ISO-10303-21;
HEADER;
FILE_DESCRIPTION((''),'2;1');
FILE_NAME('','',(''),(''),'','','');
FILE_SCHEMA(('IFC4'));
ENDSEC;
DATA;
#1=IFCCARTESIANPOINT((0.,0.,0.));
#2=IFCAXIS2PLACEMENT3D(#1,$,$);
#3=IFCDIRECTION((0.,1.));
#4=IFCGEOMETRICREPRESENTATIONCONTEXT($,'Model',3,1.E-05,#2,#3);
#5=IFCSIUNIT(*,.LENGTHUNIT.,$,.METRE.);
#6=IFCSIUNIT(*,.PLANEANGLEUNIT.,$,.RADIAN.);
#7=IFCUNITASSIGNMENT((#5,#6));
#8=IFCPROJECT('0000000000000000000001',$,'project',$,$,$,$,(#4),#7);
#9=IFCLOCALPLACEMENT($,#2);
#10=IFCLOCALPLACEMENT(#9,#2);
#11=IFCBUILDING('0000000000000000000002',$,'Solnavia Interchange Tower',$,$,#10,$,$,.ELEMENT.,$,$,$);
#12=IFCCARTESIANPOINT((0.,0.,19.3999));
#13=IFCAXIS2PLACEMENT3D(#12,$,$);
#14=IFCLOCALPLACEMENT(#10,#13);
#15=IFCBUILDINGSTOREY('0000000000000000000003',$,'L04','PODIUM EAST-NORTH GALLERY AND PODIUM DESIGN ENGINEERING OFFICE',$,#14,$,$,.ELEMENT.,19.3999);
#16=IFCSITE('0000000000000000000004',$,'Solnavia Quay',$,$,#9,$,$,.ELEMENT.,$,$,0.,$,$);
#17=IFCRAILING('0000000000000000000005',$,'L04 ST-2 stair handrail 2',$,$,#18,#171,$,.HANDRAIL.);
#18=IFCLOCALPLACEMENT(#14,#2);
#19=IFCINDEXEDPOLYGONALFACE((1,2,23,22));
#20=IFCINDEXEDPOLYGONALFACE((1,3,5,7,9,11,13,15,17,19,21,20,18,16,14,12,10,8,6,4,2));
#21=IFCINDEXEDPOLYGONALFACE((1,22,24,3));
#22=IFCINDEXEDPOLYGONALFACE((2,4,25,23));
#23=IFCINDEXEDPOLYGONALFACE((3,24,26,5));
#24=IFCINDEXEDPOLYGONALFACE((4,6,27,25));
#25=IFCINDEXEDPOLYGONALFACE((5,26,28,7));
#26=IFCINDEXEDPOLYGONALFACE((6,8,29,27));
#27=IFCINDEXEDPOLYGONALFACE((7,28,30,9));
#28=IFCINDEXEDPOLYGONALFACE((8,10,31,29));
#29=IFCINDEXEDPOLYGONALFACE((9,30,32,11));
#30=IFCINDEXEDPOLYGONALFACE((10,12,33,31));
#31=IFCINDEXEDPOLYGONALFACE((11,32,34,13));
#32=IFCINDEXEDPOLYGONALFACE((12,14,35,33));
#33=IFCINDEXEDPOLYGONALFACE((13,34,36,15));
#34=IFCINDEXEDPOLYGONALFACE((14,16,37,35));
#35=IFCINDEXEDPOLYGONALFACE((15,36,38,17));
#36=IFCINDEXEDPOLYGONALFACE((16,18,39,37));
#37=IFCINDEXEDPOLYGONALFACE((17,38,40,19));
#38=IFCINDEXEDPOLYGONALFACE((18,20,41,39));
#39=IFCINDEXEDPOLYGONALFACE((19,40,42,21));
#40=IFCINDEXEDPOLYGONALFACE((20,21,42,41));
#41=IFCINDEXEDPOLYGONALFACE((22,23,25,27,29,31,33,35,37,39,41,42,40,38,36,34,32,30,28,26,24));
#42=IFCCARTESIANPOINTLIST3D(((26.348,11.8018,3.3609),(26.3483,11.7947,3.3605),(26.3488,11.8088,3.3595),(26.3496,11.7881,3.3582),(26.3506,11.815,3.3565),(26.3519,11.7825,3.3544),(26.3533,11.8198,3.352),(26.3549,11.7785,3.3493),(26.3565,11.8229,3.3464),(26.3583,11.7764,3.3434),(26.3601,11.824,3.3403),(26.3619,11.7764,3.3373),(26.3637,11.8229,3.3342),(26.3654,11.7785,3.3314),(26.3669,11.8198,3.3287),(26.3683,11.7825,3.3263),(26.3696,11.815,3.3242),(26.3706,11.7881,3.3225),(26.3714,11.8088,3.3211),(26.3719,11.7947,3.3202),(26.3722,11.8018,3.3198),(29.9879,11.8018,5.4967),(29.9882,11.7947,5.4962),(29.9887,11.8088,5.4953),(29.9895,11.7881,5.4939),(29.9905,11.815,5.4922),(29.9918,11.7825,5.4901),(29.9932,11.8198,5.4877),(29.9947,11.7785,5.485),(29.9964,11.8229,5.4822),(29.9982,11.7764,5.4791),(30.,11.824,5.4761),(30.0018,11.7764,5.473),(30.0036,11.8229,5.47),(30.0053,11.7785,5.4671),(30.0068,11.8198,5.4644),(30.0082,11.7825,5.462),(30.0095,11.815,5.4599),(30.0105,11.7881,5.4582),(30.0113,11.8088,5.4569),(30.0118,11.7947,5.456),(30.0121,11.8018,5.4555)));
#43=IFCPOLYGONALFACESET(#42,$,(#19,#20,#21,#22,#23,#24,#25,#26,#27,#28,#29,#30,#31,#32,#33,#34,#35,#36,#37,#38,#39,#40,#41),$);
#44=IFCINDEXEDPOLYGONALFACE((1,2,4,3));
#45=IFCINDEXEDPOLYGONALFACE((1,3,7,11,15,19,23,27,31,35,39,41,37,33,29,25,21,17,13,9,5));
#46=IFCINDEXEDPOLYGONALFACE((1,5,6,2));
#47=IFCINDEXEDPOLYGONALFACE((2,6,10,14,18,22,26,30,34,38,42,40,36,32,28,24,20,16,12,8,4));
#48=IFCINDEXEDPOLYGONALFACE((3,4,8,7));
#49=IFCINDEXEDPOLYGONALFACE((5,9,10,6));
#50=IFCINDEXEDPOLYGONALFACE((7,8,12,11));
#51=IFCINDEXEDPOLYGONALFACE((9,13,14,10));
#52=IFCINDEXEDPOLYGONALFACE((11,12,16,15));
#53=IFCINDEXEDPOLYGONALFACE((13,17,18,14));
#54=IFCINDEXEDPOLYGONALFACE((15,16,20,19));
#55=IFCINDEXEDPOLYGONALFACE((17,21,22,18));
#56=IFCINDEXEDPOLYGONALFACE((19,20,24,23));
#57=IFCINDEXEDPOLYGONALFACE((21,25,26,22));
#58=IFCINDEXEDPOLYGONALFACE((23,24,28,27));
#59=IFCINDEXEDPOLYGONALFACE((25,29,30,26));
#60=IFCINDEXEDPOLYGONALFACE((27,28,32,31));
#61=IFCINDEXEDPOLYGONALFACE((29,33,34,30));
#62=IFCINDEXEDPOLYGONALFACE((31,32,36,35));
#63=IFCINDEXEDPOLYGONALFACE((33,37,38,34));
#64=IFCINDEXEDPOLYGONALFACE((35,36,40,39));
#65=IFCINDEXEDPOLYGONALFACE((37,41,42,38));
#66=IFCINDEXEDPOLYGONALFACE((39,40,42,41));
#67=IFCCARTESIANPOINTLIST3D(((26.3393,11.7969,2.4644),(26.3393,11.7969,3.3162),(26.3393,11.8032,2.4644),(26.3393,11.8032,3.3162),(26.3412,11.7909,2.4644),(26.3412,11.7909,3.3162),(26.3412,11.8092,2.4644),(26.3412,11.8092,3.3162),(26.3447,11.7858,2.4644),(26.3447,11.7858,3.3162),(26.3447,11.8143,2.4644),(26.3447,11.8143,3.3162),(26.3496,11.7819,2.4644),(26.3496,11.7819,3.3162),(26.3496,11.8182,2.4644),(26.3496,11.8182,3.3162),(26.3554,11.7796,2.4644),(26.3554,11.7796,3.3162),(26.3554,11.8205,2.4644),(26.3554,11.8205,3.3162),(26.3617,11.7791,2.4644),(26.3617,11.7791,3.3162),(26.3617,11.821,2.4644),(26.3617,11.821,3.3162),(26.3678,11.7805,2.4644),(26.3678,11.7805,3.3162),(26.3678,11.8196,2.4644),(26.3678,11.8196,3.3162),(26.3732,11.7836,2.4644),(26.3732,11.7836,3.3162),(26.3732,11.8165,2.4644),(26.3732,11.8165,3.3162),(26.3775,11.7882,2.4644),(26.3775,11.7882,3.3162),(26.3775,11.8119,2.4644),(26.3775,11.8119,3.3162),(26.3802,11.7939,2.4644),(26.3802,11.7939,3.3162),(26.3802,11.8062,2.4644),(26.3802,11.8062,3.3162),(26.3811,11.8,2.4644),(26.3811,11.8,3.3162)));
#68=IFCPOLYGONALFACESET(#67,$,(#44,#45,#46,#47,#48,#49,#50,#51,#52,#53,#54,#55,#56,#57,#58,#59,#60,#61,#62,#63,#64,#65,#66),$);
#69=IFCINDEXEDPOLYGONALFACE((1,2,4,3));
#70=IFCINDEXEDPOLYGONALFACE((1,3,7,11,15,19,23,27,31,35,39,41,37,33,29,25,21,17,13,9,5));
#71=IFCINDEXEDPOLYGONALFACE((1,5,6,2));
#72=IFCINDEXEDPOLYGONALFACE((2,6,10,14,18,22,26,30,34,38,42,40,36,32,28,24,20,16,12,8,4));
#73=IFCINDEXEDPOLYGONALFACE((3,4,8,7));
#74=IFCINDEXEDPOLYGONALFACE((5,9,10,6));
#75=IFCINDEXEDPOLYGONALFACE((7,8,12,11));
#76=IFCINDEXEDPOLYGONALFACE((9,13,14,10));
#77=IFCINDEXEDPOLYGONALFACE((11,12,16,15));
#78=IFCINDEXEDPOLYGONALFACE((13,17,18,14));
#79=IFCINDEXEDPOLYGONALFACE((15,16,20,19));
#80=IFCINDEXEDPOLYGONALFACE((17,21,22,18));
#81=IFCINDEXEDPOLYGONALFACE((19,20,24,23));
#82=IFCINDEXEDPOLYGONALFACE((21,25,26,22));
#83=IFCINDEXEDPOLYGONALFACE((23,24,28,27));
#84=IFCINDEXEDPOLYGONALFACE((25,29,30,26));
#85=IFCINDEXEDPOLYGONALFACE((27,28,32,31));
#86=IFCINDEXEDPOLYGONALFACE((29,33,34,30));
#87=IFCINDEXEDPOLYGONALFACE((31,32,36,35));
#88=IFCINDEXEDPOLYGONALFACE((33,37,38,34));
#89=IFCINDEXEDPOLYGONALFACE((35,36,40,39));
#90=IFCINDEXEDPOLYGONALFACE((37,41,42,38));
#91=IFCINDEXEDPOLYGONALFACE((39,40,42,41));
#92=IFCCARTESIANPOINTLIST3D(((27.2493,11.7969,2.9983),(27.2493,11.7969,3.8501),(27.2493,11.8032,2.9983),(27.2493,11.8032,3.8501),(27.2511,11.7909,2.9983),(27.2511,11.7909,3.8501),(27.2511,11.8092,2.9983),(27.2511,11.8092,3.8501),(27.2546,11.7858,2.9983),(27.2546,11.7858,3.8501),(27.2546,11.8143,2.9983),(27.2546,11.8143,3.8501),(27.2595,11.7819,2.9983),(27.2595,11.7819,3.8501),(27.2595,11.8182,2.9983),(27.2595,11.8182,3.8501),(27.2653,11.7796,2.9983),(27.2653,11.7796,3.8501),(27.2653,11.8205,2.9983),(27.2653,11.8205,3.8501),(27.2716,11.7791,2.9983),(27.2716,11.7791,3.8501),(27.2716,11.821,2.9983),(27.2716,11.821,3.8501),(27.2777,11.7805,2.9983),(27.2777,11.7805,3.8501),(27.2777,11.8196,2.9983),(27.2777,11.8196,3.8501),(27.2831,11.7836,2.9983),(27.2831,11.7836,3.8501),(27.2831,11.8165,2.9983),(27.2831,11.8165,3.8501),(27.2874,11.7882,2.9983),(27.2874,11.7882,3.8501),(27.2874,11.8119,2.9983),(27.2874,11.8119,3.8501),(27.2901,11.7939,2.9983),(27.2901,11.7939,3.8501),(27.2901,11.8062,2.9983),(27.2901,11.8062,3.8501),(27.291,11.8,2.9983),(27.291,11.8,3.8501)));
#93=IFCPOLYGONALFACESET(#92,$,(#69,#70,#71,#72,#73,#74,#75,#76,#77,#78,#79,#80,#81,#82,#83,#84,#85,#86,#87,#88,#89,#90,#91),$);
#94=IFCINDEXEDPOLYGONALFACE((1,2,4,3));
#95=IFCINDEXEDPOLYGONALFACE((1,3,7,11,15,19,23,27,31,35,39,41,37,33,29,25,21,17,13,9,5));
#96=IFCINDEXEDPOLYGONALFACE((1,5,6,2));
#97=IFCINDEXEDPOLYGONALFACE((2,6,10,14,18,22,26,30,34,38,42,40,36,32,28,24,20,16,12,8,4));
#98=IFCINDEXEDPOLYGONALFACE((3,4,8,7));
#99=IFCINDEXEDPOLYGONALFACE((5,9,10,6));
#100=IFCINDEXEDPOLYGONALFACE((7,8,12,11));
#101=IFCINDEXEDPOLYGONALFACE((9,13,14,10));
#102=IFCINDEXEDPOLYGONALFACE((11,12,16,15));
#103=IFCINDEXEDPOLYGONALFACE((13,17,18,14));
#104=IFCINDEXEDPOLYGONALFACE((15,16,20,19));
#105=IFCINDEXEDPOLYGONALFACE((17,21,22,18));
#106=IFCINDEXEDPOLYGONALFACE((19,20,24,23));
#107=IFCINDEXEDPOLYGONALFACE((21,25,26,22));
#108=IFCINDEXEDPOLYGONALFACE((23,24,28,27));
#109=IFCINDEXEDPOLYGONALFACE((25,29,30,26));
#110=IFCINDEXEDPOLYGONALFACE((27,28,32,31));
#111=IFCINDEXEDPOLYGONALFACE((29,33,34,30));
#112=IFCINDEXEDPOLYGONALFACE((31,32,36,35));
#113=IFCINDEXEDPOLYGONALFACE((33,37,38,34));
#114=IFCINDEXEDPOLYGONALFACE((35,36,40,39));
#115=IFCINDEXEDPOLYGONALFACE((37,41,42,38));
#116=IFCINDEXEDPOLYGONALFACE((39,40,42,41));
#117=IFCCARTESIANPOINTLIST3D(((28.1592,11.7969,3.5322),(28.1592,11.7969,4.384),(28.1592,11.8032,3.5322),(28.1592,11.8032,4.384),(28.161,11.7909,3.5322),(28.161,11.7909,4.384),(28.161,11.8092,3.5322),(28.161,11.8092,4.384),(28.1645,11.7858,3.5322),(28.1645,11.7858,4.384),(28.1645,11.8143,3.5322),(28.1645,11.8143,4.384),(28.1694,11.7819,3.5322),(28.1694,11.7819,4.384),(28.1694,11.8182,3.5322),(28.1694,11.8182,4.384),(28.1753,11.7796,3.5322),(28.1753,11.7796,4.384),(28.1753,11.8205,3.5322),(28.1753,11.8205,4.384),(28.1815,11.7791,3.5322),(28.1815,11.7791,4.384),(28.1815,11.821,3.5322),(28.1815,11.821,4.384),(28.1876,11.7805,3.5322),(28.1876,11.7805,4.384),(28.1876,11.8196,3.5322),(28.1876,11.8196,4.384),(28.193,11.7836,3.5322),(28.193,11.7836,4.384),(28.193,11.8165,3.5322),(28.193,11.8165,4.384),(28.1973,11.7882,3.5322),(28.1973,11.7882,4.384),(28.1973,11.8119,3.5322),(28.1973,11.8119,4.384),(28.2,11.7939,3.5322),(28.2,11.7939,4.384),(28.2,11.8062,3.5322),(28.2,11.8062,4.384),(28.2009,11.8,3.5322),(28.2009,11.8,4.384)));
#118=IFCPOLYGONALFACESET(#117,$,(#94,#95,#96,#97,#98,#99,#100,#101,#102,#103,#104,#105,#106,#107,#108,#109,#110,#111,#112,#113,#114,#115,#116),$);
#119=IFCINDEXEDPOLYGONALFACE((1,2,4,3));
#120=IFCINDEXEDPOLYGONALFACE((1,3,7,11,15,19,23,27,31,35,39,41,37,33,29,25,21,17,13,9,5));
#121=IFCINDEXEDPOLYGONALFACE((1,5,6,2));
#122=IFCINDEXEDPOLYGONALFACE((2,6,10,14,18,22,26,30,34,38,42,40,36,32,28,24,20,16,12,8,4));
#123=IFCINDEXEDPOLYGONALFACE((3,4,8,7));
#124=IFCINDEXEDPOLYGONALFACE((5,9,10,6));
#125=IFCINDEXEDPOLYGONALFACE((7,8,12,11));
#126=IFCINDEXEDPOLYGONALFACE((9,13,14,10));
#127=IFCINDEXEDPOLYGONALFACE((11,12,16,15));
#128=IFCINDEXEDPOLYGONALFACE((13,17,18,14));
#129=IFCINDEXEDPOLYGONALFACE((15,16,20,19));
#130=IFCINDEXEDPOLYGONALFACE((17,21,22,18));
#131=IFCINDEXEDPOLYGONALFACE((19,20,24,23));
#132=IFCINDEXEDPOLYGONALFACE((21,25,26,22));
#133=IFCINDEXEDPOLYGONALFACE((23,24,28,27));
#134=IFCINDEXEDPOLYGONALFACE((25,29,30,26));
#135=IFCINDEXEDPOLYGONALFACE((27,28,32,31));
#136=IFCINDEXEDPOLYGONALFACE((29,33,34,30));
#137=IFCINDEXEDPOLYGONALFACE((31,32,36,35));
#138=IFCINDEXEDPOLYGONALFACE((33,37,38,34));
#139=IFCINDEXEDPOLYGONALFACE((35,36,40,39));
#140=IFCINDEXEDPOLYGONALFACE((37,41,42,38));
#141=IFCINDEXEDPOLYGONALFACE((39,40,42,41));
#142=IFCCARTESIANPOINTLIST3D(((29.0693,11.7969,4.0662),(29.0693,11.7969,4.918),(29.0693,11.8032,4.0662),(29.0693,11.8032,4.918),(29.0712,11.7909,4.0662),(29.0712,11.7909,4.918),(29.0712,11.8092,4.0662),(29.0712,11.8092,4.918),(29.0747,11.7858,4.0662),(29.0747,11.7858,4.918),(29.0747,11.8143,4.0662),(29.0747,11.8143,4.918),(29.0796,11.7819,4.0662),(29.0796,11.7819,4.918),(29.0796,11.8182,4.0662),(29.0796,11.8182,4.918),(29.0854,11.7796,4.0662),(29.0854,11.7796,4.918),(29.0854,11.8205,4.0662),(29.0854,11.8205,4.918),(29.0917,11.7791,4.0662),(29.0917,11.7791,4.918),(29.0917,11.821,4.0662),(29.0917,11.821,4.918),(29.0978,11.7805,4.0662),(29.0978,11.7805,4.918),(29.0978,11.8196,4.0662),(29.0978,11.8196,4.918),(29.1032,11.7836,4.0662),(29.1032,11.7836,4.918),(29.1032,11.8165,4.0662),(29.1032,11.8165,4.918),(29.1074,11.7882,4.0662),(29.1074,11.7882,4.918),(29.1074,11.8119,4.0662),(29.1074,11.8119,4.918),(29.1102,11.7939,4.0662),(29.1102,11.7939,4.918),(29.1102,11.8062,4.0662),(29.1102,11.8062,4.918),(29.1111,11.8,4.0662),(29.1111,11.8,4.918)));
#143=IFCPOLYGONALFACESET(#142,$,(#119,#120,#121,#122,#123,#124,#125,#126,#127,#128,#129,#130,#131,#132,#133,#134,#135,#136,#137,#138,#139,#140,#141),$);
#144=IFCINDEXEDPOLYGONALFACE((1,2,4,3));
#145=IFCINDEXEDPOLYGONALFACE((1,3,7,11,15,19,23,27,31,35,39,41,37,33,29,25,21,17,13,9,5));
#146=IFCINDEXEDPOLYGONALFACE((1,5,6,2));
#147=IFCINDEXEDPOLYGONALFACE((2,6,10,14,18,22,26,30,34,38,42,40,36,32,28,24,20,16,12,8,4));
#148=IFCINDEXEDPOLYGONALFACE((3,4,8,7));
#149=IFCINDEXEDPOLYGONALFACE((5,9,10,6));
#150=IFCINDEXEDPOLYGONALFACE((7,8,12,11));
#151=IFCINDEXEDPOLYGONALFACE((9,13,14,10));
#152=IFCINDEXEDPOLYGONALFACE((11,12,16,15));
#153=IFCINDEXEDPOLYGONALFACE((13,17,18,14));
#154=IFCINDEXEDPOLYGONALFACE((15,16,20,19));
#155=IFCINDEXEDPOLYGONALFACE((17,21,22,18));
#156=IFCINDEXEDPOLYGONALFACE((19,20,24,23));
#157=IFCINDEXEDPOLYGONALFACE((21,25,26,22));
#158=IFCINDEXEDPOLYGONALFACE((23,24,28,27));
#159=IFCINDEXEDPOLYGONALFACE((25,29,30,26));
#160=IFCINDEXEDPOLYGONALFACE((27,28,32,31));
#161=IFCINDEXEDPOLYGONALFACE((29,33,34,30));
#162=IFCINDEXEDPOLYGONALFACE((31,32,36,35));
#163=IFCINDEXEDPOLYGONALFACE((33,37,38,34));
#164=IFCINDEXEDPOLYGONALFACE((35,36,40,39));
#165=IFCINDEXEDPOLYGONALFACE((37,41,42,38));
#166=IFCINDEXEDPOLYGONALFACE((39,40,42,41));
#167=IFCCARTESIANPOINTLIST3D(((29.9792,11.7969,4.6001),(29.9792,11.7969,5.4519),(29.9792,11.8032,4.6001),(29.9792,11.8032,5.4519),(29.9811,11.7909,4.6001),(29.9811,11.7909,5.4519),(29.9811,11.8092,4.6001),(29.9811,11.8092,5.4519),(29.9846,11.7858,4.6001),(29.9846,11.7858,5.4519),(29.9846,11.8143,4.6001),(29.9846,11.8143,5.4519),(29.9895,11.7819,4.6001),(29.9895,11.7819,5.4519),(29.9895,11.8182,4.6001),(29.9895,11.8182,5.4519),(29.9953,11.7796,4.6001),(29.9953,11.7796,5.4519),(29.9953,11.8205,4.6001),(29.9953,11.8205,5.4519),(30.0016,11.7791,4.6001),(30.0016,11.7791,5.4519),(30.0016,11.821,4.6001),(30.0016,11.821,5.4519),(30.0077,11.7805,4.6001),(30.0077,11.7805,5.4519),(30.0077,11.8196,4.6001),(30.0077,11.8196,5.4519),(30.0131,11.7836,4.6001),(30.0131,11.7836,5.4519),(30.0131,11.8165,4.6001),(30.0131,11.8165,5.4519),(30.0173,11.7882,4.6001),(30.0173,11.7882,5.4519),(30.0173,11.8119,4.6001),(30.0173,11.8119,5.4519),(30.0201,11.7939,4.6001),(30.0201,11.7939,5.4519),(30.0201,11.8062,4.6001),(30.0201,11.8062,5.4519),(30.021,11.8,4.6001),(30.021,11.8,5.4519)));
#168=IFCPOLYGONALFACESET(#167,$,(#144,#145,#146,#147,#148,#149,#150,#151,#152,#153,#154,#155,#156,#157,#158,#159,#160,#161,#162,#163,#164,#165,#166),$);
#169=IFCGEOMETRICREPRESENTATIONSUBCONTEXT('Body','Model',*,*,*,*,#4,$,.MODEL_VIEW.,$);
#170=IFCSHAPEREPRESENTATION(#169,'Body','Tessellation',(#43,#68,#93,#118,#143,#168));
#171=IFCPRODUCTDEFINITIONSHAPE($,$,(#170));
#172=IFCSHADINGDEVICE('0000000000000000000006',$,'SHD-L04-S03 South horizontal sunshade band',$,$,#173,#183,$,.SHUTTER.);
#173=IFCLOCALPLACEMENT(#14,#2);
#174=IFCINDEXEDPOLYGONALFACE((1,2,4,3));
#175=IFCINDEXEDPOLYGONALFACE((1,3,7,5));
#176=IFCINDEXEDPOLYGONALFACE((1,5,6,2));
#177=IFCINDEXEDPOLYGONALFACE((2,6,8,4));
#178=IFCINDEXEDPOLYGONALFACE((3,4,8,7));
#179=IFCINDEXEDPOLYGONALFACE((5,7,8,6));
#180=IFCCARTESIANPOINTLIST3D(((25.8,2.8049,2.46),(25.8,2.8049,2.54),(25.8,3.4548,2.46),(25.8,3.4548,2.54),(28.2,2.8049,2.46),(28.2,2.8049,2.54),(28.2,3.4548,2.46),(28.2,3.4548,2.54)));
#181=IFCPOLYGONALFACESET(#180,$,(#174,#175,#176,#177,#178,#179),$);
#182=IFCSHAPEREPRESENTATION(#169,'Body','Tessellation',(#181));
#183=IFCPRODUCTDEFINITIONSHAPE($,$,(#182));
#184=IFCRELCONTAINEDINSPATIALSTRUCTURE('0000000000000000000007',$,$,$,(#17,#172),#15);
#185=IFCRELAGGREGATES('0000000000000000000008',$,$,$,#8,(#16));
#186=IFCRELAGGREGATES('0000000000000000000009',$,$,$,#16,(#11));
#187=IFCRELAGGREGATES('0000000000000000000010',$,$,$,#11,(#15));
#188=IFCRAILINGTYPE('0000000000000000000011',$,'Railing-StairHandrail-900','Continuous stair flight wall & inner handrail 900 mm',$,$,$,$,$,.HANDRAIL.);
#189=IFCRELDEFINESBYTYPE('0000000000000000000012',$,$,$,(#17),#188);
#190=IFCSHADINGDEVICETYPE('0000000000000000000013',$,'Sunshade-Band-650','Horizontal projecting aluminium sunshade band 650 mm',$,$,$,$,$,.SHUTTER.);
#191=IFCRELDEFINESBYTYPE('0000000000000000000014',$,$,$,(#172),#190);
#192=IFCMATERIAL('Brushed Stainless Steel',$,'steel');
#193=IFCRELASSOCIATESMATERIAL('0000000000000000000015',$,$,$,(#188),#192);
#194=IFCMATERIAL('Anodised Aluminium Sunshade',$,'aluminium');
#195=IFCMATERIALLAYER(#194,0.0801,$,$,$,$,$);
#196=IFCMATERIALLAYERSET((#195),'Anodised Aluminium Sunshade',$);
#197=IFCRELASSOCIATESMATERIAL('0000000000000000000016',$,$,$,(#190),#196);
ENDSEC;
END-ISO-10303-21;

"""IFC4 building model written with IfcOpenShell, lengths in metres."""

from ifc_helpers import new_model, si_unit, direction, frame, origin, origin_2d, place, context, subcontext, project, spatial, rectangle, circle, extrude, material, layer, layer_set, type_object, element, save


model = new_model("IFC4")

# Units and contexts
model_context = context("Model", 3, precision=1e-05, world=origin(), true_north=direction((0.0, 1.0)))
body_context = subcontext(model_context, "Body", "Model", "MODEL_VIEW")
ifc_project = project(units=[si_unit("LENGTHUNIT", "METRE"), si_unit("PLANEANGLEUNIT", "RADIAN")], contexts=[model_context])

# Site, building, storey
site_placement = place(None, origin())
site = spatial("IfcSite", under=ifc_project, at=site_placement, Name="Solnavia Quay", CompositionType="ELEMENT", RefElevation=0.0)
building_placement = place(site_placement, origin())
building = spatial("IfcBuilding", under=site, at=building_placement, Name="Solnavia Interchange Tower", CompositionType="ELEMENT")
storey_placement = place(building_placement, frame((0.0, 0.0, 19.3999)))
storey = spatial("IfcBuildingStorey", under=building, at=storey_placement, Name="L04", Description="PODIUM EAST-NORTH GALLERY AND PODIUM DESIGN ENGINEERING OFFICE", CompositionType="ELEMENT", Elevation=19.3999)

# Railing
ifc_material_1 = material(Name="Brushed Stainless Steel", Category="steel")
railing_type_1 = type_object("IfcRailingType", Name="Railing-StairHandrail-900", Description="Continuous stair flight wall & inner handrail 900 mm", PredefinedType="HANDRAIL", material=ifc_material_1)
railing_1_placement = place(storey_placement, frame((26.3601, 11.8, 2.4644)))
element("IfcRailing", 1, at=railing_1_placement, inside=storey, type_object=railing_type_1, Name="L04 ST-2 stair handrail 2", PredefinedType="HANDRAIL", context=body_context, shape_type="SweptSolid", body=[
    extrude(circle(Radius=0.0239, at=origin_2d()), frame((0.0, 0.0, 0.876), z_axis=(0.86249, 0.0, 0.506074), x_axis=(0.0, 1.0, 0.0)), (0.0, 0.0, 1.0), 4.2202),
    extrude(circle(Radius=0.021, at=origin_2d()), origin(), (0.0, 0.0, 1.0), 0.8518),
    extrude(circle(Radius=0.021, at=origin_2d()), frame((0.9099, 0.0, 0.5339)), (0.0, 0.0, 1.0), 0.8518),
    extrude(circle(Radius=0.021, at=origin_2d()), frame((1.8198, 0.0, 1.0679)), (0.0, 0.0, 1.0), 0.8518),
    extrude(circle(Radius=0.021, at=origin_2d()), frame((2.73, 0.0, 1.6018)), (0.0, 0.0, 1.0), 0.8518),
    extrude(circle(Radius=0.021, at=origin_2d()), frame((3.6399, 0.0, 2.1357)), (0.0, 0.0, 1.0), 0.8518),
])

# Shading device
ifc_material_2 = material(Name="Anodised Aluminium Sunshade", Category="aluminium")
ifc_layer_1 = layer(ifc_material_2, 0.0801)
ifc_layer_set_1 = layer_set([ifc_layer_1], Name="Anodised Aluminium Sunshade")
shading_device_type = type_object("IfcShadingDeviceType", Name="Sunshade-Band-650", Description="Horizontal projecting aluminium sunshade band 650 mm", PredefinedType="SHUTTER", material=ifc_layer_set_1)
shading_device_placement = place(storey_placement, frame((27.0, 3.1299, 2.46), z_axis=(0.0, 0.0, 1.0), x_axis=(1.0, 0.0, 0.0)))
element("IfcShadingDevice", 2, at=shading_device_placement, inside=storey, type_object=shading_device_type, Name="SHD-L04-S03 South horizontal sunshade band", PredefinedType="SHUTTER", context=body_context, shape_type="SweptSolid", body=[
    extrude(rectangle(XDim=2.3999, YDim=0.6499, at=origin_2d()), origin(), (0.0, 0.0, 1.0), 0.0801),
])

save(model, "model.ifc")
